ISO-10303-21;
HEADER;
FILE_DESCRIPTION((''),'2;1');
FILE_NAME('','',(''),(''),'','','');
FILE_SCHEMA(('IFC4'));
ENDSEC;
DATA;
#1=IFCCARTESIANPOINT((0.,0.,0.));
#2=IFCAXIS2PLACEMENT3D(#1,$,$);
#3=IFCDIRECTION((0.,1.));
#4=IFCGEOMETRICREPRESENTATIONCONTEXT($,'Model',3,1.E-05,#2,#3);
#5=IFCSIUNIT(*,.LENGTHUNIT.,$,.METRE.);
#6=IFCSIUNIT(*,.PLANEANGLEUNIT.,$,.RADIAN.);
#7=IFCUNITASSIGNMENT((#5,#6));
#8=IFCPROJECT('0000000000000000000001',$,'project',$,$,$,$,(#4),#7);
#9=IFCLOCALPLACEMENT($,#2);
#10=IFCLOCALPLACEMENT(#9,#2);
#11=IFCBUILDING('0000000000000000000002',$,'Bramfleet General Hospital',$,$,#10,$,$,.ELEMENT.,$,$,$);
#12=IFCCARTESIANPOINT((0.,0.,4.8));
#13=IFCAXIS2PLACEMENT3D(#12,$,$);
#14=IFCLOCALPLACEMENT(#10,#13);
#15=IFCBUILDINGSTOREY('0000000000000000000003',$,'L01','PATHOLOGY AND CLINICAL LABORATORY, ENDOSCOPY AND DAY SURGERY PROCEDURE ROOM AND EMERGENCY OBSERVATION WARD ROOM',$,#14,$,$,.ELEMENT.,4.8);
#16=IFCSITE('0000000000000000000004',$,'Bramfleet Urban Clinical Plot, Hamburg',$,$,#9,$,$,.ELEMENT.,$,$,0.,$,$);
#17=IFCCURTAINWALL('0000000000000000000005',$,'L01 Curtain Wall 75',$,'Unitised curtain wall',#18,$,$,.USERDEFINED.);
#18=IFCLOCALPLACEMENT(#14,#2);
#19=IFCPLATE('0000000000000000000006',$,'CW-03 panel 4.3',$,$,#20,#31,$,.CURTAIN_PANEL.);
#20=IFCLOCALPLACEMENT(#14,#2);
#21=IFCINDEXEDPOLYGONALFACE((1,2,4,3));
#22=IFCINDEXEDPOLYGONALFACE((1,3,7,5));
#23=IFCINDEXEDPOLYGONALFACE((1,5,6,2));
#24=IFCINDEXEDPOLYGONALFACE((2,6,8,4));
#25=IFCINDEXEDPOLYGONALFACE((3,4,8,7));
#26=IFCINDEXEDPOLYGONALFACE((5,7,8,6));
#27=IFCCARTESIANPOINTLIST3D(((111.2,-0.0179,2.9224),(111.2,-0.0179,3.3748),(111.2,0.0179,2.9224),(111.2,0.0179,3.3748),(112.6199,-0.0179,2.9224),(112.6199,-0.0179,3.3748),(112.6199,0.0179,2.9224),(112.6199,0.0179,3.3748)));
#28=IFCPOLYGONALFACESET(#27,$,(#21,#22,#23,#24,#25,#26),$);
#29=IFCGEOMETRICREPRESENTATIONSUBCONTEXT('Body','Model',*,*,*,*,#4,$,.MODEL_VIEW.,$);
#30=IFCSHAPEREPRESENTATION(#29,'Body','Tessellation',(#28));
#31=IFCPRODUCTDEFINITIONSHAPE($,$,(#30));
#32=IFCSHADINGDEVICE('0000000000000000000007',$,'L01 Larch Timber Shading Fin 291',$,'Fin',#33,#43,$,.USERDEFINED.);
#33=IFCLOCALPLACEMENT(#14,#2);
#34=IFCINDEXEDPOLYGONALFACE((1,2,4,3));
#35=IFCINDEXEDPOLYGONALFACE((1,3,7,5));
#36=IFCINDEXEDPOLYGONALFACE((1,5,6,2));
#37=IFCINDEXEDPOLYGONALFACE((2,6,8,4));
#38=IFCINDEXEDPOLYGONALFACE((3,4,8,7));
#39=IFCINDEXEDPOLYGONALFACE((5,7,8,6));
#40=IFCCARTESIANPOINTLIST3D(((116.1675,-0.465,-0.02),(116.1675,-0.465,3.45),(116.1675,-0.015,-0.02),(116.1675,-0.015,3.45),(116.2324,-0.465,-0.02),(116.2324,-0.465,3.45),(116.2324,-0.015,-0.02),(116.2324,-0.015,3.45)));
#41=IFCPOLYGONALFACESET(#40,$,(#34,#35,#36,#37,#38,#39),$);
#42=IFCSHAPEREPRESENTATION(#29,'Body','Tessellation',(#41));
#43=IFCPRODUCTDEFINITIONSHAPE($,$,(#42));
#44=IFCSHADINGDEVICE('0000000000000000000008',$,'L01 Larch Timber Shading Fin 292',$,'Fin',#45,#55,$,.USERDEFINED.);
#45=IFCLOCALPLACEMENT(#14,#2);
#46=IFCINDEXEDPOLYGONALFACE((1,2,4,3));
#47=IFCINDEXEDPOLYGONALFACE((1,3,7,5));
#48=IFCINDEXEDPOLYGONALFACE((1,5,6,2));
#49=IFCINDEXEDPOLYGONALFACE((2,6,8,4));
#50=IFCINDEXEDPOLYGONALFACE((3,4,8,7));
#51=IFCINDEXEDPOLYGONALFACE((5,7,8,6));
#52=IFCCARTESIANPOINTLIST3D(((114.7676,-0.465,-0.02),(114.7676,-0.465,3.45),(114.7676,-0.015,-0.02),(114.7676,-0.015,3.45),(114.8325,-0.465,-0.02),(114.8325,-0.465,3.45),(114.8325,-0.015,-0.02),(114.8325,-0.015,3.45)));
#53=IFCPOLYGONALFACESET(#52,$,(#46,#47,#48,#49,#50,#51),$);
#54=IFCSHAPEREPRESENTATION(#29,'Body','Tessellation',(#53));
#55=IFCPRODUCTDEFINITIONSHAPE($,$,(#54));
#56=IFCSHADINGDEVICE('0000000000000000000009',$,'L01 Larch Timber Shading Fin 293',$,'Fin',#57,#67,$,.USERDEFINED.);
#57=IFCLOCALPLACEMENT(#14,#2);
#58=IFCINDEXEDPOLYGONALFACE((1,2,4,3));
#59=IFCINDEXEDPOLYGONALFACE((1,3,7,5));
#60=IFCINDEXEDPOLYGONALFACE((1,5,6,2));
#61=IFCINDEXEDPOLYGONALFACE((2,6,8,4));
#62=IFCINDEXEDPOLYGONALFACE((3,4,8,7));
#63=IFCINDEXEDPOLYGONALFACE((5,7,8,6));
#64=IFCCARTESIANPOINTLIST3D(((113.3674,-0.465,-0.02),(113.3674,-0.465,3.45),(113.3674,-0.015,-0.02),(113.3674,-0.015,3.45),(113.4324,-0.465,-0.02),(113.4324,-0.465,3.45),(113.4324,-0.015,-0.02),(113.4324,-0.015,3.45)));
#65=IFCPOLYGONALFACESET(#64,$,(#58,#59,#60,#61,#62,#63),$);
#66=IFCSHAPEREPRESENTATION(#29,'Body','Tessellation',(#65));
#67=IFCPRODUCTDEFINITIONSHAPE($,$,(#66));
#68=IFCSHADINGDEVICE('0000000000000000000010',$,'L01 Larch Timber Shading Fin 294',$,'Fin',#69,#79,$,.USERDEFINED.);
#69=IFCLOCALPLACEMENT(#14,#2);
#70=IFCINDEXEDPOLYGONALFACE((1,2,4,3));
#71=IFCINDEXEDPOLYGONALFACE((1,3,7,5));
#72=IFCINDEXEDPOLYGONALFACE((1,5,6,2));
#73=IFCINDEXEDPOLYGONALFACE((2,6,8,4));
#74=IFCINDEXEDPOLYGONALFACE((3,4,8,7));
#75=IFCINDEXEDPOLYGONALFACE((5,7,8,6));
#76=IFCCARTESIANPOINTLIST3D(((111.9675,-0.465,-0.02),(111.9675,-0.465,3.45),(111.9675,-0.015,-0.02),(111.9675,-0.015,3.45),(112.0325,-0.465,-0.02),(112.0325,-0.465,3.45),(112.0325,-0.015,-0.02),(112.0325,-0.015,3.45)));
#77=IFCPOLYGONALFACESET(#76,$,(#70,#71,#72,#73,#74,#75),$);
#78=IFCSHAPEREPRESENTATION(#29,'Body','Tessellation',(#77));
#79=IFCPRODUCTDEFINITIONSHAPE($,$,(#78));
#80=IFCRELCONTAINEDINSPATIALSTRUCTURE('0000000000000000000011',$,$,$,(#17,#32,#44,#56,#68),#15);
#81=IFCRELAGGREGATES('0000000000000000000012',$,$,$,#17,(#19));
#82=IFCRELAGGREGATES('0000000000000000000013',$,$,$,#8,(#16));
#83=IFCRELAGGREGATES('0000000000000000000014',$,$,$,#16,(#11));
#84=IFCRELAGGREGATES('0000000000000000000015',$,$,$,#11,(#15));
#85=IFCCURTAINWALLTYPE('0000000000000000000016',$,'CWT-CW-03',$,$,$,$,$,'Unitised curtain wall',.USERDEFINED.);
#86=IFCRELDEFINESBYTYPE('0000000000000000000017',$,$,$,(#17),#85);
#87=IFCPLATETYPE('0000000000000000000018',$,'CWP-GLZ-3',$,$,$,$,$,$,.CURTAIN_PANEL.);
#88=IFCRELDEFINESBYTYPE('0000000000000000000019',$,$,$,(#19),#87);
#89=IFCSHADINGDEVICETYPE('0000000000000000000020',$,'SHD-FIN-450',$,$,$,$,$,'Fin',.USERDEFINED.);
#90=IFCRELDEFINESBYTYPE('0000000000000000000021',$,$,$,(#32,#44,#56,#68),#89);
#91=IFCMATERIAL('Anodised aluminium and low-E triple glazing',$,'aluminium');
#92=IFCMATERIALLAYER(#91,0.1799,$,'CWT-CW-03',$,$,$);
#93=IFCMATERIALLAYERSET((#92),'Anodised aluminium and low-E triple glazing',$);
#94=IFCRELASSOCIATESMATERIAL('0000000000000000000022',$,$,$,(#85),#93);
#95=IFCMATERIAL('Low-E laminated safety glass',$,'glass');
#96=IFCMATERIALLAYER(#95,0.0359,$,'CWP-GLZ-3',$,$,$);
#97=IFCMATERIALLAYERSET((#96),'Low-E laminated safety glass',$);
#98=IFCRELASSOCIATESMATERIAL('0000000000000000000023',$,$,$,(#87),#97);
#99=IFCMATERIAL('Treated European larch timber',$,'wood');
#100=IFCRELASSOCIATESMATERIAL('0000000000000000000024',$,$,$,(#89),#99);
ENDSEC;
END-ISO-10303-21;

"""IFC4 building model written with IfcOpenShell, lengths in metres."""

from ifc_helpers import new_model, si_unit, direction, frame, origin, origin_2d, place, context, subcontext, project, spatial, rectangle, extrude, material, layer, layer_set, material_profile, profile_set, type_object, element, aggregate, save


model = new_model("IFC4")

# Units and contexts
model_context = context("Model", 3, precision=1e-05, world=origin(), true_north=direction((0.0, 1.0)))
body_context = subcontext(model_context, "Body", "Model", "MODEL_VIEW")
ifc_project = project(units=[si_unit("LENGTHUNIT", "METRE"), si_unit("PLANEANGLEUNIT", "RADIAN")], contexts=[model_context])

# Site, building, storey
site_placement = place(None, origin())
site = spatial("IfcSite", under=ifc_project, at=site_placement, Name="Bramfleet Urban Clinical Plot, Hamburg", CompositionType="ELEMENT", RefElevation=0.0)
building_placement = place(site_placement, origin())
building = spatial("IfcBuilding", under=site, at=building_placement, Name="Bramfleet General Hospital", CompositionType="ELEMENT")
storey_placement = place(building_placement, frame((0.0, 0.0, 4.8)))
storey = spatial("IfcBuildingStorey", under=building, at=storey_placement, Name="L01", Description="PATHOLOGY AND CLINICAL LABORATORY, ENDOSCOPY AND DAY SURGERY PROCEDURE ROOM AND EMERGENCY OBSERVATION WARD ROOM", CompositionType="ELEMENT", Elevation=4.8)

# Curtain wall, plate
ifc_material_1 = material(Name="Anodised aluminium and low-E triple glazing", Category="aluminium")
ifc_layer_1 = layer(ifc_material_1, 0.1799, Name="CWT-CW-03")
ifc_layer_set_1 = layer_set([ifc_layer_1], Name="Anodised aluminium and low-E triple glazing")
curtain_wall_type = type_object("IfcCurtainWallType", Name="CWT-CW-03", ElementType="Unitised curtain wall", PredefinedType="USERDEFINED", material=ifc_layer_set_1)
curtain_wall_placement = place(storey_placement, origin())
curtain_wall = element("IfcCurtainWall", 1, at=curtain_wall_placement, inside=storey, type_object=curtain_wall_type, Name="L01 Curtain Wall 75", ObjectType="Unitised curtain wall", PredefinedType="USERDEFINED")
ifc_material_2 = material(Name="Low-E laminated safety glass", Category="glass")
ifc_layer_2 = layer(ifc_material_2, 0.0359, Name="CWP-GLZ-3")
ifc_layer_set_2 = layer_set([ifc_layer_2], Name="Low-E laminated safety glass")
plate_type = type_object("IfcPlateType", Name="CWP-GLZ-3", PredefinedType="CURTAIN_PANEL", material=ifc_layer_set_2)
plate_1_placement = place(storey_placement, frame((111.9099, 0.0, 2.9224), z_axis=(0.0, 0.0, 1.0), x_axis=(-1.0, 0.0, 0.0)))
plate_1 = element("IfcPlate", 2, at=plate_1_placement, type_object=plate_type, Name="CW-03 panel 4.3", PredefinedType="CURTAIN_PANEL", context=body_context, shape_type="SweptSolid", body=[
    extrude(rectangle(XDim=1.4199, YDim=0.0359, at=origin_2d()), origin(), (0.0, 0.0, 1.0), 0.4524),
])
aggregate(curtain_wall, [plate_1])

# Shading devices
ifc_material_3 = material(Name="Treated European larch timber", Category="wood")
ifc_material_profile_1 = material_profile(ifc_material_3, rectangle(XDim=0.0649, YDim=0.45, at=origin_2d()), Name="LARCH FIN 450x65")
ifc_profile_set_1 = profile_set([ifc_material_profile_1], Name="Treated European larch timber")
shading_device_type = type_object("IfcShadingDeviceType", Name="SHD-FIN-450", ElementType="Fin", PredefinedType="USERDEFINED", material=ifc_profile_set_1)
for number, where, z_axis, x_axis, name in (
    (3, (116.2, -0.24, -0.02), (0.0, 0.0, 1.0), (-1.0, 0.0, 0.0), "L01 Larch Timber Shading Fin 291"),
    (4, (114.8, -0.24, -0.02), (0.0, 0.0, 1.0), (-1.0, 0.0, 0.0), "L01 Larch Timber Shading Fin 292"),
    (5, (113.3999, -0.24, -0.02), (0.0, 0.0, 1.0), (-1.0, 0.0, 0.0), "L01 Larch Timber Shading Fin 293"),
    (6, (112.0, -0.24, -0.02), (0.0, 0.0, 1.0), (-1.0, 0.0, 0.0), "L01 Larch Timber Shading Fin 294"),
):
    element("IfcShadingDevice", number, at=place(storey_placement, frame(where, z_axis=z_axis, x_axis=x_axis)), inside=storey, type_object=shading_device_type, Name=name, ObjectType="Fin", PredefinedType="USERDEFINED", context=body_context, shape_type="SweptSolid", body=[
        extrude(rectangle(XDim=0.0649, YDim=0.45, at=origin_2d()), origin(), (0.0, 0.0, 1.0), 3.47),
    ])

save(model, "model.ifc")
